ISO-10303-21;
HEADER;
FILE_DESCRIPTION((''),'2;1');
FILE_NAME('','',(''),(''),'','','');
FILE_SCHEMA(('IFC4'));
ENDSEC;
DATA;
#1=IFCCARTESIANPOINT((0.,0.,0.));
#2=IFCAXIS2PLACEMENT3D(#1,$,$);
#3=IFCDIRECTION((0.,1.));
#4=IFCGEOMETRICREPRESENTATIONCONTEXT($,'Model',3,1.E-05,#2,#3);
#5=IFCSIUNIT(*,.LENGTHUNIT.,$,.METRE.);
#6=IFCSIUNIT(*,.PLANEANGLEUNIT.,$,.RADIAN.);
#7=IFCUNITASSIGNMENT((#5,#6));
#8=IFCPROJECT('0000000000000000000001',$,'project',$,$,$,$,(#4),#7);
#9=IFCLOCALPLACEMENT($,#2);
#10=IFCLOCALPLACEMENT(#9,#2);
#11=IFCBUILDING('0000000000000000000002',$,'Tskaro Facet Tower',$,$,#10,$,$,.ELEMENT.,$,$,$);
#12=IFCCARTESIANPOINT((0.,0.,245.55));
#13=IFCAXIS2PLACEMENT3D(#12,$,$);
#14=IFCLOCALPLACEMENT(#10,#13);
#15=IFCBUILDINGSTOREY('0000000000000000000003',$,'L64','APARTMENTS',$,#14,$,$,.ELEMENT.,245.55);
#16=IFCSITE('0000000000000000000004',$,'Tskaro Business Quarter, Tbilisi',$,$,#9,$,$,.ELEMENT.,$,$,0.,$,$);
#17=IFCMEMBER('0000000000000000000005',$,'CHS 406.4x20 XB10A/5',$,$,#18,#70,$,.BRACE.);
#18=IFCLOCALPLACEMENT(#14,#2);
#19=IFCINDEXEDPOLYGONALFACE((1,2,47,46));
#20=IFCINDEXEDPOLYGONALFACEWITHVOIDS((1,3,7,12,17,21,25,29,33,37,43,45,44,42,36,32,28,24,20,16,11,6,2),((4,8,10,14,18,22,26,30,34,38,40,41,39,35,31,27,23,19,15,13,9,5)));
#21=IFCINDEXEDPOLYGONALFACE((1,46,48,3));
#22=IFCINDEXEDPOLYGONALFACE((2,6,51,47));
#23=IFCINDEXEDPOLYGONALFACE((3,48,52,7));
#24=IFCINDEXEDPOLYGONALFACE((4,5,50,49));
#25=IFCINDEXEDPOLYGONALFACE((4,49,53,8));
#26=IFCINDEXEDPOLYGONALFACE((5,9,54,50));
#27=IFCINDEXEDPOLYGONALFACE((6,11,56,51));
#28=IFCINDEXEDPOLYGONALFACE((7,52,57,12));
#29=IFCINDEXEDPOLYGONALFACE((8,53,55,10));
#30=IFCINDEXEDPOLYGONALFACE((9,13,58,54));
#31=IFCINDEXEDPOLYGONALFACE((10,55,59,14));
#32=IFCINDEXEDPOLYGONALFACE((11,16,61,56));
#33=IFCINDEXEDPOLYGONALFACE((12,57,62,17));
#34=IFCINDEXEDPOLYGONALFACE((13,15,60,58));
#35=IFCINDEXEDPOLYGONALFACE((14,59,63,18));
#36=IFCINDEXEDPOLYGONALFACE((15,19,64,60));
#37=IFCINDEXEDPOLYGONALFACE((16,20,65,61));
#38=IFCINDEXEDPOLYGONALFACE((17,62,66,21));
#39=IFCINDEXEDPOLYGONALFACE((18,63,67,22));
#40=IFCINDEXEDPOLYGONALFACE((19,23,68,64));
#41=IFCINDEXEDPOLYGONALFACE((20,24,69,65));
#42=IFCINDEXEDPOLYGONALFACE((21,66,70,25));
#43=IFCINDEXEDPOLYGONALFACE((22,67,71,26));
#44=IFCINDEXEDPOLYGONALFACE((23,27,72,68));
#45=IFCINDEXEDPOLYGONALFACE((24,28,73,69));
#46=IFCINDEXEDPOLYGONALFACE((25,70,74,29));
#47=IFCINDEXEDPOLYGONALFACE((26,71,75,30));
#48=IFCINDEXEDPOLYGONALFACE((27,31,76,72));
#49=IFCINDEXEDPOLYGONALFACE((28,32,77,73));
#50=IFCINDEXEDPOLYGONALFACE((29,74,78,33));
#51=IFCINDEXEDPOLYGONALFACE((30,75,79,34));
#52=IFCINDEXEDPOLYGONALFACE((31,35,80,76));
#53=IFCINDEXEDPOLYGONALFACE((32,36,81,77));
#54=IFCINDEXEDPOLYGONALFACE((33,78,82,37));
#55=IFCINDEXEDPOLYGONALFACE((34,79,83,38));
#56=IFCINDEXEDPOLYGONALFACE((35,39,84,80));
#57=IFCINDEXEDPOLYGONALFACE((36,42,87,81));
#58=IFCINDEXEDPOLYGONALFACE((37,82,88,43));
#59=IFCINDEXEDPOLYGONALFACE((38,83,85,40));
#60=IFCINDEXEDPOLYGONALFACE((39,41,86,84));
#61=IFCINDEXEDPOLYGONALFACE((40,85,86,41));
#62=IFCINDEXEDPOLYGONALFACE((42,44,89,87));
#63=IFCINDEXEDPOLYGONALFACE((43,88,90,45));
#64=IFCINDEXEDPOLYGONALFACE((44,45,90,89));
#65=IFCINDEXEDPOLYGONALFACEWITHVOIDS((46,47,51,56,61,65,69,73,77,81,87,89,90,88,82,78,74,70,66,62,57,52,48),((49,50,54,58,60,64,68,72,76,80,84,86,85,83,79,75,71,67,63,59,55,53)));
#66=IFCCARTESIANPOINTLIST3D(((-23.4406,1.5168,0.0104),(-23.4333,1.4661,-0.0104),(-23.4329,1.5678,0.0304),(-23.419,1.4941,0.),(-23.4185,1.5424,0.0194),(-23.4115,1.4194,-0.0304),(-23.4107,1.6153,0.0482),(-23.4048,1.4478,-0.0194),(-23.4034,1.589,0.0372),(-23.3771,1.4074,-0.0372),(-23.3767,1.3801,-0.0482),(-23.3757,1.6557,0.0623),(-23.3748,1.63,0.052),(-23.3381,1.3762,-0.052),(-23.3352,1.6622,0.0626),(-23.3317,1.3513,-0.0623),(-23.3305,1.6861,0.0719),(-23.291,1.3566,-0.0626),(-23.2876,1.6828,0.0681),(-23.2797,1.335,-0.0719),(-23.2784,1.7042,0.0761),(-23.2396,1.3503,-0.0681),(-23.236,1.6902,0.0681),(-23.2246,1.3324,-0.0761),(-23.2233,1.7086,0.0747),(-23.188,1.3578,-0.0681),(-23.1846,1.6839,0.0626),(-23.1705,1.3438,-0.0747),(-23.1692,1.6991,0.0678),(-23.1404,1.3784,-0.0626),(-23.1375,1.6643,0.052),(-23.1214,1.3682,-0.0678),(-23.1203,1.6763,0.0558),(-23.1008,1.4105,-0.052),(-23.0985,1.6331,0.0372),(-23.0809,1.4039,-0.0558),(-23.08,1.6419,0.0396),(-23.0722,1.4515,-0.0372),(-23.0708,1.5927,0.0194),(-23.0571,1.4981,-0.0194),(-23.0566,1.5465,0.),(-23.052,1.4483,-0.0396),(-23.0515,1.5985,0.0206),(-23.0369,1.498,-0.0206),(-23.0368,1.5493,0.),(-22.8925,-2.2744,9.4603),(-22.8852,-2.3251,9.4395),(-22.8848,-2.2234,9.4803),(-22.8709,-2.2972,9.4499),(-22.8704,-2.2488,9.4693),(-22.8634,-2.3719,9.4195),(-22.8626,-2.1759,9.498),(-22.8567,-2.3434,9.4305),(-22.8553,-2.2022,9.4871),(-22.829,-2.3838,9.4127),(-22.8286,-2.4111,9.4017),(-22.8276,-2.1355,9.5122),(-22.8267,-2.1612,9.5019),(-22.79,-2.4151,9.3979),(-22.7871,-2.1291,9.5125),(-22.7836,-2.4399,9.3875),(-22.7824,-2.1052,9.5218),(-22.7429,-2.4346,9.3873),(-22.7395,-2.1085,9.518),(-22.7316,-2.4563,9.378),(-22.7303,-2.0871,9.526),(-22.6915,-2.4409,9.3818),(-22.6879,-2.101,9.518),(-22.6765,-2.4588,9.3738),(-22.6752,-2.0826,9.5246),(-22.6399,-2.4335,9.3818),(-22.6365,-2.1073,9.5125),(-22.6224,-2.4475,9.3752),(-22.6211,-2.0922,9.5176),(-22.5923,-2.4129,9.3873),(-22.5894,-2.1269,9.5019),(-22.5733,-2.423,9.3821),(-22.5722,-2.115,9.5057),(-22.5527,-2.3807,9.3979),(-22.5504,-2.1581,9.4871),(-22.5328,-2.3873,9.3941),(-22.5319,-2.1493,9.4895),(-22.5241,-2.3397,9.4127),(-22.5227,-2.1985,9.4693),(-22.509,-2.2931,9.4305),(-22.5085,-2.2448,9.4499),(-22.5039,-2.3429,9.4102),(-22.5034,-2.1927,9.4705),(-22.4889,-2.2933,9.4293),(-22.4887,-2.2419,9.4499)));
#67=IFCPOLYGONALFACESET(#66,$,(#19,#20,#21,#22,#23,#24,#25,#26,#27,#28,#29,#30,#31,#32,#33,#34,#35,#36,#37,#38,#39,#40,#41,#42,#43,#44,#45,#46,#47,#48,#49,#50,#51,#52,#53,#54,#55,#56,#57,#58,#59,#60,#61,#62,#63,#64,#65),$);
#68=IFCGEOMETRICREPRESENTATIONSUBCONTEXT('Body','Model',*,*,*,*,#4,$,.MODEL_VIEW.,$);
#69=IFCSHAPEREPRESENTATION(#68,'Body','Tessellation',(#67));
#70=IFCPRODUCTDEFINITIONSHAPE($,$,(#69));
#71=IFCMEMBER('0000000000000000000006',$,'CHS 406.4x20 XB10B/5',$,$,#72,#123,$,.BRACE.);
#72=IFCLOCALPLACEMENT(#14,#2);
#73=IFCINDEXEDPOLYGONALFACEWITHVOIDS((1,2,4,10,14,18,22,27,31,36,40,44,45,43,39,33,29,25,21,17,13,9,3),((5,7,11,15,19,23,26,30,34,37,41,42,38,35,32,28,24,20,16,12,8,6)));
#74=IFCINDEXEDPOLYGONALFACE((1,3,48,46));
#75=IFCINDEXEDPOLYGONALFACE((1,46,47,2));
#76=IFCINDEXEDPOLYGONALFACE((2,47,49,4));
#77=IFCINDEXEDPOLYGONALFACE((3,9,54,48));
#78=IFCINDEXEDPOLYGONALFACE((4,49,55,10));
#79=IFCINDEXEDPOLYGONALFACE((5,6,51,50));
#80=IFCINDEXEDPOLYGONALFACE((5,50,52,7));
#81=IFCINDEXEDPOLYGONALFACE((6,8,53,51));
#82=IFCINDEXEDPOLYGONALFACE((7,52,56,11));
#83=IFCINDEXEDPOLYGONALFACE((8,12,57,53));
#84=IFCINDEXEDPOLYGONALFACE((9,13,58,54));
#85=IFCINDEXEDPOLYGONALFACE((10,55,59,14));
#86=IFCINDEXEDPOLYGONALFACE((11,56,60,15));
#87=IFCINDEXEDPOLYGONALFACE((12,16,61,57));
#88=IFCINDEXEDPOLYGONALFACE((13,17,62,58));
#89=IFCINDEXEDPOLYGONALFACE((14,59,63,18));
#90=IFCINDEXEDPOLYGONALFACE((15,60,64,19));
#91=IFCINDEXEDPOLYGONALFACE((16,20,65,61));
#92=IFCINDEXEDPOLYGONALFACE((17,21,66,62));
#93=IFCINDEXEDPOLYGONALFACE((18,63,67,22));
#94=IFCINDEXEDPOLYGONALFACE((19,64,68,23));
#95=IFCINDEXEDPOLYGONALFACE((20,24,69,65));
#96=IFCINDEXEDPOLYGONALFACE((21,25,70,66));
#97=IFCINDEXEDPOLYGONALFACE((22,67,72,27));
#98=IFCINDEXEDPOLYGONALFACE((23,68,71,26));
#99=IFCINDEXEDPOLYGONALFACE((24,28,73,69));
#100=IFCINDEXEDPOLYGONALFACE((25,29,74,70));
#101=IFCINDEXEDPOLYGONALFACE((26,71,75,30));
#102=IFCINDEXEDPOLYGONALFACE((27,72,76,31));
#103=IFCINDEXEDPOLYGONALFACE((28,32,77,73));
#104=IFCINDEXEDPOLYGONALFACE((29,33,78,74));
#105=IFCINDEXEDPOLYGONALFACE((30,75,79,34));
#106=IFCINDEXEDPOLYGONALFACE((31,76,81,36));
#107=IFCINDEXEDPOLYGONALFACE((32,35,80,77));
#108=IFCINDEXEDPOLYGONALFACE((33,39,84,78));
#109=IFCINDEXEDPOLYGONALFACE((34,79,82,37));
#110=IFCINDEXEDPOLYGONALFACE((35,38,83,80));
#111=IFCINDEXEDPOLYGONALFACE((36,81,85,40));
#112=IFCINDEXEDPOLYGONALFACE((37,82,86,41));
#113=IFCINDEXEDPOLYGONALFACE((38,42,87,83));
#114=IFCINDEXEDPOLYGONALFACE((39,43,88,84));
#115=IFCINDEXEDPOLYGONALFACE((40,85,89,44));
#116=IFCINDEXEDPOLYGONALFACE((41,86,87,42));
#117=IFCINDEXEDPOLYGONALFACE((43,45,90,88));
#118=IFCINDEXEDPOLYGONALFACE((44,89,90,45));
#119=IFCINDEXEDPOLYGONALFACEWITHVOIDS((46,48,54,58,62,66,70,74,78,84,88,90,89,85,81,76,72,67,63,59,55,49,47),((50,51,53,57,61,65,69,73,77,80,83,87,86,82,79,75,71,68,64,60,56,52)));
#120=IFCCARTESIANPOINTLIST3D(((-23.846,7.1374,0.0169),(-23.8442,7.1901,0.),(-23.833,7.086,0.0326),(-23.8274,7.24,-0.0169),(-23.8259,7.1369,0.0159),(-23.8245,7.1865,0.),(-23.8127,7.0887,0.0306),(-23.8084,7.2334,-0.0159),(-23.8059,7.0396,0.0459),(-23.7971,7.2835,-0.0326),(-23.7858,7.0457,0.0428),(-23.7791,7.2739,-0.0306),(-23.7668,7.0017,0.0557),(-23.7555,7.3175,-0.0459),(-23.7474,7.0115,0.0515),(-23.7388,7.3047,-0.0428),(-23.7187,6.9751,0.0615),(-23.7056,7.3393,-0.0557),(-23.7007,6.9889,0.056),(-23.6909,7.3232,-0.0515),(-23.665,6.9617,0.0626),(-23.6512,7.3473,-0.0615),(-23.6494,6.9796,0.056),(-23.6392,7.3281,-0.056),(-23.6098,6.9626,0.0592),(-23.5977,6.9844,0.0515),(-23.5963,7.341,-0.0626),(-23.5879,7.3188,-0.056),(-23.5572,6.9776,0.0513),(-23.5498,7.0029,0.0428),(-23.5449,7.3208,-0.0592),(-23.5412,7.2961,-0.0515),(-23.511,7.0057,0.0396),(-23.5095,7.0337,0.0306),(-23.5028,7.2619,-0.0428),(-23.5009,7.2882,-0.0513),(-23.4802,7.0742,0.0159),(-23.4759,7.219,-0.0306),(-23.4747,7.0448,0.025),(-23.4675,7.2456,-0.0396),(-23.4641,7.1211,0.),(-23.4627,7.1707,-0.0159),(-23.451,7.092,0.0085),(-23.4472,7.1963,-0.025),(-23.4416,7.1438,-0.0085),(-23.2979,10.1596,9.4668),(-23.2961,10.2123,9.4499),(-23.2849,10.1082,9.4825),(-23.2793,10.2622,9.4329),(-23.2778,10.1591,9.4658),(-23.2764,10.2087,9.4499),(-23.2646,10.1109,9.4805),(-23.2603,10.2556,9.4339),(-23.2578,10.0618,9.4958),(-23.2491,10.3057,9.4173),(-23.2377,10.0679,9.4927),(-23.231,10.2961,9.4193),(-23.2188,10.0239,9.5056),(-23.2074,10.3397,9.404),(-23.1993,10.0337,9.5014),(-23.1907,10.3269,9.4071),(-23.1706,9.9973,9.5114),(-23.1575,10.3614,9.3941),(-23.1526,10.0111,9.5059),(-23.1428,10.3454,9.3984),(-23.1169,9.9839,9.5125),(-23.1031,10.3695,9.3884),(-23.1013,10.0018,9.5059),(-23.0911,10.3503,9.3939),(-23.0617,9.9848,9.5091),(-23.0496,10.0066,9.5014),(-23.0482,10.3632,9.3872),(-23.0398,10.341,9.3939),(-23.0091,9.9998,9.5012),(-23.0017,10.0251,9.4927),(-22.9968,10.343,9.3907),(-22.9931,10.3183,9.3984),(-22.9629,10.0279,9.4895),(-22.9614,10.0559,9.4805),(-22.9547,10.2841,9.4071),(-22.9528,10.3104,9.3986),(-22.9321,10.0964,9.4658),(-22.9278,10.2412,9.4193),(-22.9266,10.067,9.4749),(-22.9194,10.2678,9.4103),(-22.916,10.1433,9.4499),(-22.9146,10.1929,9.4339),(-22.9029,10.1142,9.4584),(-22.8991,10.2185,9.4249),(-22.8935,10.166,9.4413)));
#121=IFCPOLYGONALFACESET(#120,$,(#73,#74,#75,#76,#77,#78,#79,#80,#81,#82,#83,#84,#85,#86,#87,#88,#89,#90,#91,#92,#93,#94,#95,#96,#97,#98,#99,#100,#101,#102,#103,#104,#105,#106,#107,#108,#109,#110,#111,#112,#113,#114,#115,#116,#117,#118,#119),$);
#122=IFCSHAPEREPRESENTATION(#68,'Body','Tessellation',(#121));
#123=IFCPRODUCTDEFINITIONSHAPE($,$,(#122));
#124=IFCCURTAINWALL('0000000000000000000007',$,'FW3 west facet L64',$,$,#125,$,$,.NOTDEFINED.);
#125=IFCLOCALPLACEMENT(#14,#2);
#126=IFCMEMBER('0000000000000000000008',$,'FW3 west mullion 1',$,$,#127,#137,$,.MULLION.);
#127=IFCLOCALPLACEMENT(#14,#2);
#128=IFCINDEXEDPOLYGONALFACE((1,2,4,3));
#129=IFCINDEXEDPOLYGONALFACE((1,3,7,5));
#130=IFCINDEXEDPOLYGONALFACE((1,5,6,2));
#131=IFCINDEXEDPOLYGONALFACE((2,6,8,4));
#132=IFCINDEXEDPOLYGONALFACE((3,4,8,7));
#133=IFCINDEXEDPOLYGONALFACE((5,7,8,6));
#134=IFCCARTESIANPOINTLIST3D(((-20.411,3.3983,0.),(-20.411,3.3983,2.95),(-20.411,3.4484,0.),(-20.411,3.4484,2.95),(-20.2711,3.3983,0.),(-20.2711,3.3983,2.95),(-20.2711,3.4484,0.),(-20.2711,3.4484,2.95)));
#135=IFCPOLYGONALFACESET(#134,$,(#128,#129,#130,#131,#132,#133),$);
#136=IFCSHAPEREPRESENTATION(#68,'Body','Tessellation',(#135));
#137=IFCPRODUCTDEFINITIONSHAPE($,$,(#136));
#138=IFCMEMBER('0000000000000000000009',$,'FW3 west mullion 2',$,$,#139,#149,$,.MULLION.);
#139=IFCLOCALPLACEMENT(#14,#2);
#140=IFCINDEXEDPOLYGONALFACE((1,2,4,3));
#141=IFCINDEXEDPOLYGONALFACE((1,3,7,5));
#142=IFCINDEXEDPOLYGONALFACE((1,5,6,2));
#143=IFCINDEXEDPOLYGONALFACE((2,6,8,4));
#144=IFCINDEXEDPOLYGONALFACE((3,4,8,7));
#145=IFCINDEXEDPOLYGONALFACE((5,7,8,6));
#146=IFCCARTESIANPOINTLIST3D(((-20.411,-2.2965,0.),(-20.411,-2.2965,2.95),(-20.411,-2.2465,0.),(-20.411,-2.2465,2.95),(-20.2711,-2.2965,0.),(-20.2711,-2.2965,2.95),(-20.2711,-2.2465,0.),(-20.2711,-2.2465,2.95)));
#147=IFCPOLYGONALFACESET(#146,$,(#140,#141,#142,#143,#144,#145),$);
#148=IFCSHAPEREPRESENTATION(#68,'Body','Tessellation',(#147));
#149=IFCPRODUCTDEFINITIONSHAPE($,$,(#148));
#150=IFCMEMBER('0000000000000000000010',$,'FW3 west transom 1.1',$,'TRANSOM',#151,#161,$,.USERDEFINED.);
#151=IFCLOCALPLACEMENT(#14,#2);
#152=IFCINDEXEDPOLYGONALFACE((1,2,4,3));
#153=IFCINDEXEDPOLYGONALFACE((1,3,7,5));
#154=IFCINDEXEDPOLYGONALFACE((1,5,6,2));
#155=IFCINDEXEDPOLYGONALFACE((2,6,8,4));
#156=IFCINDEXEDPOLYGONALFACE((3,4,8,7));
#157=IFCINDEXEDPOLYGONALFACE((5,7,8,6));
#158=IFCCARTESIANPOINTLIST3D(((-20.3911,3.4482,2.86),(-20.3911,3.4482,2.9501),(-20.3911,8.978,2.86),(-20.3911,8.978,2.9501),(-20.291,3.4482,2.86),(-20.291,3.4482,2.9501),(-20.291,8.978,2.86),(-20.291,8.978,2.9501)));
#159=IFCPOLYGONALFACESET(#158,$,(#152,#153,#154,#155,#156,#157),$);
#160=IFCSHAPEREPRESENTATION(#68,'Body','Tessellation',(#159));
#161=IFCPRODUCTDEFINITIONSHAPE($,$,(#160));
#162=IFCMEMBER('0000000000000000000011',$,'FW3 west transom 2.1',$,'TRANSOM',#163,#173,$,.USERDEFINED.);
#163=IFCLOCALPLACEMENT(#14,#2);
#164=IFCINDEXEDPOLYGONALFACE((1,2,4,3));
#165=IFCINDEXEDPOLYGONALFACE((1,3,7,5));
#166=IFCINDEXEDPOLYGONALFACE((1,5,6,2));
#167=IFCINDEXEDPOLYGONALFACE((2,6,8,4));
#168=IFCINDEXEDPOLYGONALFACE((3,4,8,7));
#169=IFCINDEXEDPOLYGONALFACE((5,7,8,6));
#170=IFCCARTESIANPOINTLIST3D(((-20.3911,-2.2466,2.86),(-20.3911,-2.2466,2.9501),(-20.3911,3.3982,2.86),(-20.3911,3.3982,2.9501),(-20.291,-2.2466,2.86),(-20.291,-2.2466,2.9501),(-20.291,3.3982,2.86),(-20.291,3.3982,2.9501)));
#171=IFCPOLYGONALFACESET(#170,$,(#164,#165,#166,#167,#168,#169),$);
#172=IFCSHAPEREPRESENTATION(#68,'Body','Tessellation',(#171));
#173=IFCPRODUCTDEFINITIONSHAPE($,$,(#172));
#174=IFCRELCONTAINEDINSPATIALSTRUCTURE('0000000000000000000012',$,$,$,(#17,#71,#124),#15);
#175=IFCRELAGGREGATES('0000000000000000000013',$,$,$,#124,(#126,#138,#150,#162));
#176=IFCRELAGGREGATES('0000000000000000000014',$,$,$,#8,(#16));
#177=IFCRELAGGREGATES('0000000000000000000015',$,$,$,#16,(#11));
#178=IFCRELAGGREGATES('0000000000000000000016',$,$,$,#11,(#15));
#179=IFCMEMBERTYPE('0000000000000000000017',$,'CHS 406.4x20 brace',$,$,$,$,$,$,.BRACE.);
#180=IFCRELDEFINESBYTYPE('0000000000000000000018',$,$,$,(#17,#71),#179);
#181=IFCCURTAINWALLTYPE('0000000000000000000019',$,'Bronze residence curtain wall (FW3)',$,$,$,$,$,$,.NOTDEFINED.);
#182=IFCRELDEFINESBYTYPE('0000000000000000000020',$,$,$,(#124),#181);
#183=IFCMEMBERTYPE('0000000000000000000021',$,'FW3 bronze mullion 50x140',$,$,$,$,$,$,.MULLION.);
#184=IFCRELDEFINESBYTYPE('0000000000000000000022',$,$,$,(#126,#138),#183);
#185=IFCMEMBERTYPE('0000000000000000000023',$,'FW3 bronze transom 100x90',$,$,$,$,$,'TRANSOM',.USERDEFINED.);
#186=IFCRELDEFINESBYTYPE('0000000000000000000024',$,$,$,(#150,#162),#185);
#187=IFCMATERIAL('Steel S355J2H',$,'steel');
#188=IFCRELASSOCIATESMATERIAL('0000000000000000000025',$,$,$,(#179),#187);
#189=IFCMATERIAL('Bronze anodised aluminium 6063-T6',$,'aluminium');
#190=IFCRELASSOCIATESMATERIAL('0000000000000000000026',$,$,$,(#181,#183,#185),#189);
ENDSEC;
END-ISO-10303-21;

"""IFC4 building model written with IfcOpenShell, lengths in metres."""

from ifc_helpers import new_model, si_unit, direction, frame, origin, origin_2d, place, context, subcontext, project, spatial, rectangle, hollow_circle, extrude, material, material_profile, profile_set, type_object, element, aggregate, save


model = new_model("IFC4")

# Units and contexts
model_context = context("Model", 3, precision=1e-05, world=origin(), true_north=direction((0.0, 1.0)))
body_context = subcontext(model_context, "Body", "Model", "MODEL_VIEW")
ifc_project = project(units=[si_unit("LENGTHUNIT", "METRE"), si_unit("PLANEANGLEUNIT", "RADIAN")], contexts=[model_context])

# Site, building, storey
site_placement = place(None, origin())
site = spatial("IfcSite", under=ifc_project, at=site_placement, Name="Tskaro Business Quarter, Tbilisi", CompositionType="ELEMENT", RefElevation=0.0)
building_placement = place(site_placement, origin())
building = spatial("IfcBuilding", under=site, at=building_placement, Name="Tskaro Facet Tower", CompositionType="ELEMENT")
storey_placement = place(building_placement, frame((0.0, 0.0, 245.55)))
storey = spatial("IfcBuildingStorey", under=building, at=storey_placement, Name="L64", Description="APARTMENTS", CompositionType="ELEMENT", Elevation=245.55)

# Shared definitions
ifc_material_1 = material(Name="Steel S355J2H", Category="steel")

# Members
ifc_material_profile_1 = material_profile(ifc_material_1, hollow_circle(Radius=0.2031, WallThickness=0.02, at=origin_2d()), Name="CHS 406.4x20")
ifc_profile_set_1 = profile_set([ifc_material_profile_1], Name="Steel S355J2H")
member_type_1 = type_object("IfcMemberType", Name="CHS 406.4x20 brace", PredefinedType="BRACE", material=ifc_profile_set_1)
member_1_placement = place(storey_placement, frame((-23.2378, 1.5203, 0.0), z_axis=(0.053752, -0.371807, 0.926753), x_axis=(0.989711, 0.143081, 0.0)))
element("IfcMember", 1, at=member_1_placement, inside=storey, type_object=member_type_1, Name="CHS 406.4x20 XB10A/5", PredefinedType="BRACE", context=body_context, shape_type="SweptSolid", body=[
    extrude(hollow_circle(Radius=0.2031, WallThickness=0.02, at=origin_2d()), origin(), (0.0, 0.0, 1.0), 10.1968),
])
member_2_placement = place(storey_placement, frame((-23.6443, 7.1538, 0.0), z_axis=(0.055159, 0.30415, 0.951026), x_axis=(-0.98395, 0.178445, 0.0)))
element("IfcMember", 2, at=member_2_placement, inside=storey, type_object=member_type_1, Name="CHS 406.4x20 XB10B/5", PredefinedType="BRACE", context=body_context, shape_type="SweptSolid", body=[
    extrude(hollow_circle(Radius=0.2031, WallThickness=0.02, at=origin_2d()), origin(), (0.0, 0.0, 1.0), 9.9365),
])

# Curtain wall, members
ifc_material_2 = material(Name="Bronze anodised aluminium 6063-T6", Category="aluminium")
curtain_wall_type = type_object("IfcCurtainWallType", Name="Bronze residence curtain wall (FW3)", PredefinedType="NOTDEFINED", material=ifc_material_2)
curtain_wall_placement = place(storey_placement, origin())
curtain_wall = element("IfcCurtainWall", 3, at=curtain_wall_placement, inside=storey, type_object=curtain_wall_type, Name="FW3 west facet L64", PredefinedType="NOTDEFINED")
ifc_material_profile_2 = material_profile(ifc_material_2, rectangle(XDim=0.05, YDim=0.1399, at=origin_2d()), Name="Mullion 50x140")
ifc_profile_set_2 = profile_set([ifc_material_profile_2], Name="Bronze anodised aluminium 6063-T6")
member_type_2 = type_object("IfcMemberType", Name="FW3 bronze mullion 50x140", PredefinedType="MULLION", material=ifc_profile_set_2)
member_3_placement = place(storey_placement, frame((-20.3411, 3.4233, 0.0), z_axis=(0.0, 0.0, 1.0), x_axis=(0.0, -1.0, 0.0)))
member_3 = element("IfcMember", 4, at=member_3_placement, type_object=member_type_2, Name="FW3 west mullion 1", PredefinedType="MULLION", context=body_context, shape_type="SweptSolid", body=[
    extrude(rectangle(XDim=0.05, YDim=0.1399, at=origin_2d()), origin(), (0.0, 0.0, 1.0), 2.95),
])
member_4_placement = place(storey_placement, frame((-20.3411, -2.2715, 0.0), z_axis=(0.0, 0.0, 1.0), x_axis=(0.0, -1.0, 0.0)))
member_4 = element("IfcMember", 5, at=member_4_placement, type_object=member_type_2, Name="FW3 west mullion 2", PredefinedType="MULLION", context=body_context, shape_type="SweptSolid", body=[
    extrude(rectangle(XDim=0.05, YDim=0.1399, at=origin_2d()), origin(), (0.0, 0.0, 1.0), 2.95),
])
ifc_material_profile_3 = material_profile(ifc_material_2, rectangle(XDim=0.1001, YDim=0.0901, at=origin_2d()), Name="Transom 100x90")
ifc_profile_set_3 = profile_set([ifc_material_profile_3], Name="Bronze anodised aluminium 6063-T6")
member_type_3 = type_object("IfcMemberType", Name="FW3 bronze transom 100x90", ElementType="TRANSOM", PredefinedType="USERDEFINED", material=ifc_profile_set_3)
member_5_placement = place(storey_placement, frame((-20.3411, 8.978, 2.905), z_axis=(0.0, -1.0, 0.0), x_axis=(1.0, 0.0, 0.0)))
member_5 = element("IfcMember", 6, at=member_5_placement, type_object=member_type_3, Name="FW3 west transom 1.1", ObjectType="TRANSOM", PredefinedType="USERDEFINED", context=body_context, shape_type="SweptSolid", body=[
    extrude(rectangle(XDim=0.1001, YDim=0.0901, at=origin_2d()), origin(), (0.0, 0.0, 1.0), 5.5298),
])
member_6_placement = place(storey_placement, frame((-20.3411, 3.3982, 2.905), z_axis=(0.0, -1.0, 0.0), x_axis=(1.0, 0.0, 0.0)))
member_6 = element("IfcMember", 7, at=member_6_placement, type_object=member_type_3, Name="FW3 west transom 2.1", ObjectType="TRANSOM", PredefinedType="USERDEFINED", context=body_context, shape_type="SweptSolid", body=[
    extrude(rectangle(XDim=0.1001, YDim=0.0901, at=origin_2d()), origin(), (0.0, 0.0, 1.0), 5.6448),
])

aggregate(curtain_wall, [member_3, member_4, member_5, member_6])

save(model, "model.ifc")
